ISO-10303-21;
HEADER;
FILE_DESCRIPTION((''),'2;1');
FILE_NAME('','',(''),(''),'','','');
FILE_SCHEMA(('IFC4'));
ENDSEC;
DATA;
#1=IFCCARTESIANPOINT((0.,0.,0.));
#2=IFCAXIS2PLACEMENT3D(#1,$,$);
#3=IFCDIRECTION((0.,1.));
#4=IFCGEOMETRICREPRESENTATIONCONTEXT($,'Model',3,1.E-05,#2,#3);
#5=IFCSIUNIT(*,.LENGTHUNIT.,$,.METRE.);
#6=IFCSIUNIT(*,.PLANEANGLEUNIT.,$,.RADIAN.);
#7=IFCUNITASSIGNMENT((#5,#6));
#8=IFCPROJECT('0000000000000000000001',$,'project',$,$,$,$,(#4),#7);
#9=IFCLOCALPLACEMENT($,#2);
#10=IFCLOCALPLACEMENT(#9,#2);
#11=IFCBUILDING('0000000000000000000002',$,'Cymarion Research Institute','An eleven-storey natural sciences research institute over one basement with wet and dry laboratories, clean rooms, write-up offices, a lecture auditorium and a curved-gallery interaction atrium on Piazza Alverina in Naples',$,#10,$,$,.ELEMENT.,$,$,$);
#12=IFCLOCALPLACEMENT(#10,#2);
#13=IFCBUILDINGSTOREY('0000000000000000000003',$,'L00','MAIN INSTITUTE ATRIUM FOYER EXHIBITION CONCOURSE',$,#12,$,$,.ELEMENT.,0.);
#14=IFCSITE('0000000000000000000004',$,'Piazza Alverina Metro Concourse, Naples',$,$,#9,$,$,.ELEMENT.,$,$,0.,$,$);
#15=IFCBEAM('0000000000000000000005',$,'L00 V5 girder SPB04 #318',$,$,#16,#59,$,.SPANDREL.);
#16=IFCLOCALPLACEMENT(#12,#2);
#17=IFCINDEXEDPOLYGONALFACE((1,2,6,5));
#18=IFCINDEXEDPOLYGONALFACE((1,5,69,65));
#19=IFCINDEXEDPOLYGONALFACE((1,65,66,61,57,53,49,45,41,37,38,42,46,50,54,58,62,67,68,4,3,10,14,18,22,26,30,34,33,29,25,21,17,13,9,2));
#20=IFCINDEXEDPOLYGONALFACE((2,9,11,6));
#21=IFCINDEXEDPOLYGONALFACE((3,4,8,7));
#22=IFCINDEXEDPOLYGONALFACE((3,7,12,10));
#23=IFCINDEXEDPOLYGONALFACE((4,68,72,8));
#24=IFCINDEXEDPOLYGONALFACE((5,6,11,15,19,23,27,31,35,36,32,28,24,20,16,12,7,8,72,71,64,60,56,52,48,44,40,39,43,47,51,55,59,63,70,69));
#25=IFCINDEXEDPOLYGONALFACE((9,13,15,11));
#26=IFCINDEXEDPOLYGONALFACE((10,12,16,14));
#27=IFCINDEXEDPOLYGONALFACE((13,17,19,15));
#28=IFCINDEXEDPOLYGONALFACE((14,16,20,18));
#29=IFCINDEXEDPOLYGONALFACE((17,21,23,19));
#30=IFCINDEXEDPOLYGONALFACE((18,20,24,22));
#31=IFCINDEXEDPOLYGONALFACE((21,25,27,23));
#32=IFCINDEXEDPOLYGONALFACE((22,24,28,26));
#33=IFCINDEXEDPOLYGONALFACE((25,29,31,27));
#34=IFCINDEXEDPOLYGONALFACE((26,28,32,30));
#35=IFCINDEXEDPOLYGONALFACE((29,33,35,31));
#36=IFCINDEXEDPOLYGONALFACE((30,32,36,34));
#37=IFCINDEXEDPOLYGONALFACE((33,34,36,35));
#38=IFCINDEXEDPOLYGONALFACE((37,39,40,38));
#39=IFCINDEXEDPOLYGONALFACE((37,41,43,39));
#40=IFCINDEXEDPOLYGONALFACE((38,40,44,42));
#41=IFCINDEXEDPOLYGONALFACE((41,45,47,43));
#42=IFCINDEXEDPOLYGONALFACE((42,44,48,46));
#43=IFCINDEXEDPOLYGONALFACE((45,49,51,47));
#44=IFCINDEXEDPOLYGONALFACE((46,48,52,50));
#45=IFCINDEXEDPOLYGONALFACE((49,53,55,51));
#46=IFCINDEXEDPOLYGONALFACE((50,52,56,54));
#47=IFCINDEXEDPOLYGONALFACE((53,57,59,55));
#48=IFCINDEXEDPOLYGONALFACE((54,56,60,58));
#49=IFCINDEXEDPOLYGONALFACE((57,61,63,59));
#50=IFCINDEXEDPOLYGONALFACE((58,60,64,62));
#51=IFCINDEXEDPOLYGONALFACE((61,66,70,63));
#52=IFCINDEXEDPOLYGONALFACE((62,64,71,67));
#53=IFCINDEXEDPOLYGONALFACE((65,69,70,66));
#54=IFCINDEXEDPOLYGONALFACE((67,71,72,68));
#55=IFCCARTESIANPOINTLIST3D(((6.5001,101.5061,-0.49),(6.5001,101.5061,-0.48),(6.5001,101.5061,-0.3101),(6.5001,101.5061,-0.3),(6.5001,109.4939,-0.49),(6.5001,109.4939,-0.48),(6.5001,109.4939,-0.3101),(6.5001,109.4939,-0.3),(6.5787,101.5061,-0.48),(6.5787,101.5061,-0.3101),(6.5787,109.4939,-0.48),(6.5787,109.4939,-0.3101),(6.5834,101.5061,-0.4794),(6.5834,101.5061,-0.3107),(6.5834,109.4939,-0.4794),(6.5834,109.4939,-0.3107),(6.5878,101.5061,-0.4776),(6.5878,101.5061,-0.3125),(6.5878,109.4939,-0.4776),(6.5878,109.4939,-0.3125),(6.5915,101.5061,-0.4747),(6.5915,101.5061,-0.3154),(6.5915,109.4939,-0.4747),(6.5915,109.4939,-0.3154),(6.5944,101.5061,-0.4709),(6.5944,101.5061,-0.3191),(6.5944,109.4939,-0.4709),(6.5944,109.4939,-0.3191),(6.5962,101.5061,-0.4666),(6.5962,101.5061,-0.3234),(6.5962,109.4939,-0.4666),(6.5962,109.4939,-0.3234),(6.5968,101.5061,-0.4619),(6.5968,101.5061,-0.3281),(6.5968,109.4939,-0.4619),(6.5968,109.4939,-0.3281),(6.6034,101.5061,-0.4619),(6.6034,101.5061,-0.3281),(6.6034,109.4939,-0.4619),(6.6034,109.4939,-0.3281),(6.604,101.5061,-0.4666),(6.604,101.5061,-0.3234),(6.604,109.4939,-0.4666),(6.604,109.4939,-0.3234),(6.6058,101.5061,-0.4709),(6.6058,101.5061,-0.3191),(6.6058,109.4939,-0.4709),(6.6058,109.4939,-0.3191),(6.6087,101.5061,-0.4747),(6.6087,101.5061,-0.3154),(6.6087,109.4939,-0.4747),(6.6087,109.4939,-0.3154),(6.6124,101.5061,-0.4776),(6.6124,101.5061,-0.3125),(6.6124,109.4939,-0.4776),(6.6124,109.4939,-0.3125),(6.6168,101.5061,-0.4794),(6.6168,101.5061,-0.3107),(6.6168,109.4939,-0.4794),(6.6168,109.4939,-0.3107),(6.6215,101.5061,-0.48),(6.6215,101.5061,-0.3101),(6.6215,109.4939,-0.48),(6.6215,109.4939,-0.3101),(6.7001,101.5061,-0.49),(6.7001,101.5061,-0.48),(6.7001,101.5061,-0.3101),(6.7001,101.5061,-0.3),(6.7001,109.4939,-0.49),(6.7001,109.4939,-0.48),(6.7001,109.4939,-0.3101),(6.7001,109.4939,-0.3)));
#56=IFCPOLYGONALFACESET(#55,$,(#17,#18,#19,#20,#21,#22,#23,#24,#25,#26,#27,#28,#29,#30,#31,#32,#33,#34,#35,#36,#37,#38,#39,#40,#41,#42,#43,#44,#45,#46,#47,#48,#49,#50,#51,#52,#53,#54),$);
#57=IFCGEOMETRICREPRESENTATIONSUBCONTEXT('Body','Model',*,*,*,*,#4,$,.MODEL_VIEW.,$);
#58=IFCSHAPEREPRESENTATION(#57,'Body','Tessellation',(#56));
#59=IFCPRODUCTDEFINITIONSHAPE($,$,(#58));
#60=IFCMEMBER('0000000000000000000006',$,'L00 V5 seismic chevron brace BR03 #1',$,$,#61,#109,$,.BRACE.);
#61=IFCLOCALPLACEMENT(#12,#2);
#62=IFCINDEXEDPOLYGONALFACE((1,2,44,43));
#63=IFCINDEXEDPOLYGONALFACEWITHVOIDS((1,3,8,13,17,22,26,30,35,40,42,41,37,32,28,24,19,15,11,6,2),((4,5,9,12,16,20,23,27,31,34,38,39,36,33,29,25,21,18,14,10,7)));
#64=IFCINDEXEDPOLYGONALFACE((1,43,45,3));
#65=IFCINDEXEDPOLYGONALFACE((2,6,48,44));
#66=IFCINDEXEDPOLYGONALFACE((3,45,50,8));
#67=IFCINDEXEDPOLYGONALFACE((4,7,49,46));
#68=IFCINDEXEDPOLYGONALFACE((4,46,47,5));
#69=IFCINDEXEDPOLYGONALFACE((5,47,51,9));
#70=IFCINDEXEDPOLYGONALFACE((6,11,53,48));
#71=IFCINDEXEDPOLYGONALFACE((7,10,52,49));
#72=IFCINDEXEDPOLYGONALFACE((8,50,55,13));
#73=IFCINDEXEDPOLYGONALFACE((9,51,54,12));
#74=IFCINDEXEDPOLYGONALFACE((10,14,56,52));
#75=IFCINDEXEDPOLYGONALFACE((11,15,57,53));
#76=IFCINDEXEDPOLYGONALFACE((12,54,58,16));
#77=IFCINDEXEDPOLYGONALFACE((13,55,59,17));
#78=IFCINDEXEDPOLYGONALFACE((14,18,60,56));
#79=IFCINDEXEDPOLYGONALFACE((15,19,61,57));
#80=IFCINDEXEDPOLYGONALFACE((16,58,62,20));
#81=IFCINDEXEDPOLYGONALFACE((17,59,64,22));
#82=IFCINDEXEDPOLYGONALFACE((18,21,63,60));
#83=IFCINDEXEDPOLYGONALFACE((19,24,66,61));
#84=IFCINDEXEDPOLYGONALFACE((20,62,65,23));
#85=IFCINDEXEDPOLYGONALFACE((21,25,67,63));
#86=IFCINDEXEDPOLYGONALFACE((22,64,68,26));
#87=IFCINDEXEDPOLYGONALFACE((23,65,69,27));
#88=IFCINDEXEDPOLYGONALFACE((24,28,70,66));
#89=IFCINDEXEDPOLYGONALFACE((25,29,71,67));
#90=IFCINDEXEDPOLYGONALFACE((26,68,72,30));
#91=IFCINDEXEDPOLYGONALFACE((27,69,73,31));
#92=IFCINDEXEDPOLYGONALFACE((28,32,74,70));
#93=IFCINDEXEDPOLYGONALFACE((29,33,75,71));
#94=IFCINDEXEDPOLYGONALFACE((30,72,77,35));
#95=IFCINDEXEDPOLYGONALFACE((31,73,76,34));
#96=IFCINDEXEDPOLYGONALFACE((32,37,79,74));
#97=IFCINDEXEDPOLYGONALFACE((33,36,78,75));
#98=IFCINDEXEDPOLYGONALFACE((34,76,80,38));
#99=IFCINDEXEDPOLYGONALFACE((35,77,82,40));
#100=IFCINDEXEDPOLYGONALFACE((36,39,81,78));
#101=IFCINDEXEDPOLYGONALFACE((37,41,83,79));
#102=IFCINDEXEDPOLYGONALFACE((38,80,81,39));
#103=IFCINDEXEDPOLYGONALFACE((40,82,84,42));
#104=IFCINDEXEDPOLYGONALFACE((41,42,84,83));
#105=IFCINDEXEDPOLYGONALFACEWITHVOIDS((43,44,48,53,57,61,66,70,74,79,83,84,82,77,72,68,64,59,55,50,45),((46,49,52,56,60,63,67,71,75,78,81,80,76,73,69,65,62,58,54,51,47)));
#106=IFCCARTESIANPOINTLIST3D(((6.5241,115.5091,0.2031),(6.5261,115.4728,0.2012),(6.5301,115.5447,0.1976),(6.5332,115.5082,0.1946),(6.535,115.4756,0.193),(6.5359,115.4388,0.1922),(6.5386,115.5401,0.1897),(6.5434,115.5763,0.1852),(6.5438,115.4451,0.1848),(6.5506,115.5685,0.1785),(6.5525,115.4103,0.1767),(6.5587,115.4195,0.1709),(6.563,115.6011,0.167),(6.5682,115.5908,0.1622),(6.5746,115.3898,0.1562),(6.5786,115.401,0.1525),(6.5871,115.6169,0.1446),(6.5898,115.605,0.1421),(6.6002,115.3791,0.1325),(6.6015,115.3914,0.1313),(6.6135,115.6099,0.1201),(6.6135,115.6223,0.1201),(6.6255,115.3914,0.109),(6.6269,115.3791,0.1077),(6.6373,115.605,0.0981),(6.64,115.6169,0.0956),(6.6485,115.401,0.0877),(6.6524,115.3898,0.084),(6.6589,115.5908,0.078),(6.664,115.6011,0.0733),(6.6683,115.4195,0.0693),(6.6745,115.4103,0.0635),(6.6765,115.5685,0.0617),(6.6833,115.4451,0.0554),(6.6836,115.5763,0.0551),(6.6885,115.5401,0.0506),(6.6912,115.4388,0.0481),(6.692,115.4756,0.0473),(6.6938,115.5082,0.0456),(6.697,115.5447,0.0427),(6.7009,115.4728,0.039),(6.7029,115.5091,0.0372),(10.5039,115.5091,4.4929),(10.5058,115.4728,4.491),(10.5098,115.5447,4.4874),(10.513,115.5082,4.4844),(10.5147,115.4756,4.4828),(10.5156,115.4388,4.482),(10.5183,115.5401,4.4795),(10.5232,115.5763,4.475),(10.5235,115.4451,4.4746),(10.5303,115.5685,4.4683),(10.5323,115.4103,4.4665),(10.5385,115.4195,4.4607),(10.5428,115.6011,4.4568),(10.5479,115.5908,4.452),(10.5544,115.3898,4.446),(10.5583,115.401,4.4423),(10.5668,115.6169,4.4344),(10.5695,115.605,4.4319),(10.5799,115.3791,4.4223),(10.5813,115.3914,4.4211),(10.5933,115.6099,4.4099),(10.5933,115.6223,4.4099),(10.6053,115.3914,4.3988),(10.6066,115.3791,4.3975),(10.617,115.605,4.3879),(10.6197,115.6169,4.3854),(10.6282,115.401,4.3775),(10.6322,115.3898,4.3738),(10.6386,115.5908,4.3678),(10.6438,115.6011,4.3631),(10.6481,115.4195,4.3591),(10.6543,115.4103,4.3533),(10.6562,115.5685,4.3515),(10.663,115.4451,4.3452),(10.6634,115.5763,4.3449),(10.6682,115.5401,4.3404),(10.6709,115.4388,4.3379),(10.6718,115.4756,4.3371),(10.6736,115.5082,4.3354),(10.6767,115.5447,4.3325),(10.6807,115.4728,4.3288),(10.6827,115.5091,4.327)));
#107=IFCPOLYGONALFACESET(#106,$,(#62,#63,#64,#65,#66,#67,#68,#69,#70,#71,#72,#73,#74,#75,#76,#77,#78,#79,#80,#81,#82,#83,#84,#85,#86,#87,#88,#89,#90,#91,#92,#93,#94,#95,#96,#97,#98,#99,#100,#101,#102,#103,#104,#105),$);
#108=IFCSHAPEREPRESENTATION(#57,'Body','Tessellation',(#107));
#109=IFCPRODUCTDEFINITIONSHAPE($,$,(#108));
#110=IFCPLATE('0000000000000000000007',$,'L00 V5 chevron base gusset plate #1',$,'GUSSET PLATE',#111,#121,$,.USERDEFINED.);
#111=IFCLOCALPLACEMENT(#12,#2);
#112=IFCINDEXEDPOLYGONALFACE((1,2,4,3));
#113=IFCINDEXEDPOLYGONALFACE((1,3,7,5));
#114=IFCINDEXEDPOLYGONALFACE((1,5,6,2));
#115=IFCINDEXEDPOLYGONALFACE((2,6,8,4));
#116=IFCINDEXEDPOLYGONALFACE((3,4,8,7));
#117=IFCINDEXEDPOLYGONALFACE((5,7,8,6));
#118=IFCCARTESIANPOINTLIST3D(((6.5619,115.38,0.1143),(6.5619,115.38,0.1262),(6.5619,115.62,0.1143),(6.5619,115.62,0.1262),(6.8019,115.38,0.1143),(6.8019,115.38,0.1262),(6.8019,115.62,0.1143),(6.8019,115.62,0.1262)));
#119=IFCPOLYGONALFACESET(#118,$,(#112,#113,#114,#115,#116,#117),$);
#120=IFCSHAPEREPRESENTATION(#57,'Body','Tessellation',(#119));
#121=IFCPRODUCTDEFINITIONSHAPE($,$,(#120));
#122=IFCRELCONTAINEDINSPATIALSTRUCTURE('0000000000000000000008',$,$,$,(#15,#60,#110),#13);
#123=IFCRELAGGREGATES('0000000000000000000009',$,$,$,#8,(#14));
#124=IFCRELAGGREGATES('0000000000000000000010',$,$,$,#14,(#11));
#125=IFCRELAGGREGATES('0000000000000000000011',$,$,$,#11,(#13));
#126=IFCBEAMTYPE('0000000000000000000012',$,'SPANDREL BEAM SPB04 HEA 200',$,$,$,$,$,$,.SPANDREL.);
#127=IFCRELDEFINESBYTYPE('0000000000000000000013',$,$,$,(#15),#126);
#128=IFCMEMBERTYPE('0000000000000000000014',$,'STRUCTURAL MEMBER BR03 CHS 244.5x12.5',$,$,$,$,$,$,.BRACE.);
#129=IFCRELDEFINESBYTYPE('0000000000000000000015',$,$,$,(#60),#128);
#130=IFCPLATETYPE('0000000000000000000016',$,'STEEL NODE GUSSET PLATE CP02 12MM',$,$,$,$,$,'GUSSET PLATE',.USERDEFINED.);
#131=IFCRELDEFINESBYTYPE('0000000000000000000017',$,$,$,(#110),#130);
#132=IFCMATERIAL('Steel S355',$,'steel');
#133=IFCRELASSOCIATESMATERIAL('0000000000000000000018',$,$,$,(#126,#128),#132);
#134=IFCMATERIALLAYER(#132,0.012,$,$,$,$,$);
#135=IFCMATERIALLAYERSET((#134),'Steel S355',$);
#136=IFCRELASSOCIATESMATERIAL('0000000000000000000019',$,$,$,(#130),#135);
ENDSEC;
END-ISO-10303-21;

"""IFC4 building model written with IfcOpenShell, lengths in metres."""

from ifc_helpers import new_model, si_unit, direction, frame, origin, origin_2d, place, context, subcontext, project, spatial, rectangle, hollow_circle, i_section, extrude, material, layer, layer_set, material_profile, profile_set, type_object, element, save


model = new_model("IFC4")

# Units and contexts
model_context = context("Model", 3, precision=1e-05, world=origin(), true_north=direction((0.0, 1.0)))
body_context = subcontext(model_context, "Body", "Model", "MODEL_VIEW")
ifc_project = project(units=[si_unit("LENGTHUNIT", "METRE"), si_unit("PLANEANGLEUNIT", "RADIAN")], contexts=[model_context])

# Site, building, storey
site_placement = place(None, origin())
site = spatial("IfcSite", under=ifc_project, at=site_placement, Name="Piazza Alverina Metro Concourse, Naples", CompositionType="ELEMENT", RefElevation=0.0)
building_placement = place(site_placement, origin())
building = spatial("IfcBuilding", under=site, at=building_placement, Name="Cymarion Research Institute", Description="An eleven-storey natural sciences research institute over one basement with wet and dry laboratories, clean rooms, write-up offices, a lecture auditorium and a curved-gallery interaction atrium on Piazza Alverina in Naples", CompositionType="ELEMENT")
storey_placement = place(building_placement, origin())
storey = spatial("IfcBuildingStorey", under=building, at=storey_placement, Name="L00", Description="MAIN INSTITUTE ATRIUM FOYER EXHIBITION CONCOURSE", CompositionType="ELEMENT", Elevation=0.0)

# Shared definitions
ifc_material_1 = material(Name="Steel S355", Category="steel")

# Beam
ifc_material_profile_1 = material_profile(ifc_material_1, i_section(OverallWidth=0.2, OverallDepth=0.1899, WebThickness=0.0066, FlangeThickness=0.01, FilletRadius=0.0181, at=origin_2d()), Name="HEA 200")
ifc_profile_set_1 = profile_set([ifc_material_profile_1], Name="Steel S355")
beam_type_1 = type_object("IfcBeamType", Name="SPANDREL BEAM SPB04 HEA 200", PredefinedType="SPANDREL", material=ifc_profile_set_1)
beam_1_placement = place(storey_placement, frame((6.6001, 101.5061, -0.395), z_axis=(0.0, 1.0, 0.0), x_axis=(-1.0, 0.0, 0.0)))
element("IfcBeam", 1, at=beam_1_placement, inside=storey, type_object=beam_type_1, Name="L00 V5 girder SPB04 #318", PredefinedType="SPANDREL", context=body_context, shape_type="SweptSolid", body=[
    extrude(i_section(OverallWidth=0.2, OverallDepth=0.1899, WebThickness=0.0066, FlangeThickness=0.01, FilletRadius=0.0181, at=origin_2d()), origin(), (0.0, 0.0, 1.0), 7.9878),
])

# Member
ifc_material_profile_2 = material_profile(ifc_material_1, hollow_circle(Radius=0.1223, WallThickness=0.0125, at=origin_2d()), Name="CHS 244.5x12.5")
ifc_profile_set_2 = profile_set([ifc_material_profile_2], Name="Steel S355")
member_type = type_object("IfcMemberType", Name="STRUCTURAL MEMBER BR03 CHS 244.5x12.5", PredefinedType="BRACE", material=ifc_profile_set_2)
member_placement = place(storey_placement, frame((6.6135, 115.5, 0.1201), z_axis=(0.680117, 0.0, 0.733104), x_axis=(0.0, 1.0, 0.0)))
element("IfcMember", 2, at=member_placement, inside=storey, type_object=member_type, Name="L00 V5 seismic chevron brace BR03 #1", PredefinedType="BRACE", context=body_context, shape_type="SweptSolid", body=[
    extrude(hollow_circle(Radius=0.1223, WallThickness=0.0125, at=origin_2d()), origin(), (0.0, 0.0, 1.0), 5.8516),
])

# Plate
ifc_layer_1 = layer(ifc_material_1, 0.012)
ifc_layer_set_1 = layer_set([ifc_layer_1], Name="Steel S355")
plate_type = type_object("IfcPlateType", Name="STEEL NODE GUSSET PLATE CP02 12MM", ElementType="GUSSET PLATE", PredefinedType="USERDEFINED", material=ifc_layer_set_1)
plate_placement = place(storey_placement, frame((6.6819, 115.5, 0.1143), z_axis=(0.0, 0.0, 1.0), x_axis=(1.0, 0.0, 0.0)))
element("IfcPlate", 3, at=plate_placement, inside=storey, type_object=plate_type, Name="L00 V5 chevron base gusset plate #1", ObjectType="GUSSET PLATE", PredefinedType="USERDEFINED", context=body_context, shape_type="SweptSolid", body=[
    extrude(rectangle(XDim=0.24, YDim=0.24, at=origin_2d()), origin(), (0.0, 0.0, 1.0), 0.012),
])

save(model, "model.ifc")
